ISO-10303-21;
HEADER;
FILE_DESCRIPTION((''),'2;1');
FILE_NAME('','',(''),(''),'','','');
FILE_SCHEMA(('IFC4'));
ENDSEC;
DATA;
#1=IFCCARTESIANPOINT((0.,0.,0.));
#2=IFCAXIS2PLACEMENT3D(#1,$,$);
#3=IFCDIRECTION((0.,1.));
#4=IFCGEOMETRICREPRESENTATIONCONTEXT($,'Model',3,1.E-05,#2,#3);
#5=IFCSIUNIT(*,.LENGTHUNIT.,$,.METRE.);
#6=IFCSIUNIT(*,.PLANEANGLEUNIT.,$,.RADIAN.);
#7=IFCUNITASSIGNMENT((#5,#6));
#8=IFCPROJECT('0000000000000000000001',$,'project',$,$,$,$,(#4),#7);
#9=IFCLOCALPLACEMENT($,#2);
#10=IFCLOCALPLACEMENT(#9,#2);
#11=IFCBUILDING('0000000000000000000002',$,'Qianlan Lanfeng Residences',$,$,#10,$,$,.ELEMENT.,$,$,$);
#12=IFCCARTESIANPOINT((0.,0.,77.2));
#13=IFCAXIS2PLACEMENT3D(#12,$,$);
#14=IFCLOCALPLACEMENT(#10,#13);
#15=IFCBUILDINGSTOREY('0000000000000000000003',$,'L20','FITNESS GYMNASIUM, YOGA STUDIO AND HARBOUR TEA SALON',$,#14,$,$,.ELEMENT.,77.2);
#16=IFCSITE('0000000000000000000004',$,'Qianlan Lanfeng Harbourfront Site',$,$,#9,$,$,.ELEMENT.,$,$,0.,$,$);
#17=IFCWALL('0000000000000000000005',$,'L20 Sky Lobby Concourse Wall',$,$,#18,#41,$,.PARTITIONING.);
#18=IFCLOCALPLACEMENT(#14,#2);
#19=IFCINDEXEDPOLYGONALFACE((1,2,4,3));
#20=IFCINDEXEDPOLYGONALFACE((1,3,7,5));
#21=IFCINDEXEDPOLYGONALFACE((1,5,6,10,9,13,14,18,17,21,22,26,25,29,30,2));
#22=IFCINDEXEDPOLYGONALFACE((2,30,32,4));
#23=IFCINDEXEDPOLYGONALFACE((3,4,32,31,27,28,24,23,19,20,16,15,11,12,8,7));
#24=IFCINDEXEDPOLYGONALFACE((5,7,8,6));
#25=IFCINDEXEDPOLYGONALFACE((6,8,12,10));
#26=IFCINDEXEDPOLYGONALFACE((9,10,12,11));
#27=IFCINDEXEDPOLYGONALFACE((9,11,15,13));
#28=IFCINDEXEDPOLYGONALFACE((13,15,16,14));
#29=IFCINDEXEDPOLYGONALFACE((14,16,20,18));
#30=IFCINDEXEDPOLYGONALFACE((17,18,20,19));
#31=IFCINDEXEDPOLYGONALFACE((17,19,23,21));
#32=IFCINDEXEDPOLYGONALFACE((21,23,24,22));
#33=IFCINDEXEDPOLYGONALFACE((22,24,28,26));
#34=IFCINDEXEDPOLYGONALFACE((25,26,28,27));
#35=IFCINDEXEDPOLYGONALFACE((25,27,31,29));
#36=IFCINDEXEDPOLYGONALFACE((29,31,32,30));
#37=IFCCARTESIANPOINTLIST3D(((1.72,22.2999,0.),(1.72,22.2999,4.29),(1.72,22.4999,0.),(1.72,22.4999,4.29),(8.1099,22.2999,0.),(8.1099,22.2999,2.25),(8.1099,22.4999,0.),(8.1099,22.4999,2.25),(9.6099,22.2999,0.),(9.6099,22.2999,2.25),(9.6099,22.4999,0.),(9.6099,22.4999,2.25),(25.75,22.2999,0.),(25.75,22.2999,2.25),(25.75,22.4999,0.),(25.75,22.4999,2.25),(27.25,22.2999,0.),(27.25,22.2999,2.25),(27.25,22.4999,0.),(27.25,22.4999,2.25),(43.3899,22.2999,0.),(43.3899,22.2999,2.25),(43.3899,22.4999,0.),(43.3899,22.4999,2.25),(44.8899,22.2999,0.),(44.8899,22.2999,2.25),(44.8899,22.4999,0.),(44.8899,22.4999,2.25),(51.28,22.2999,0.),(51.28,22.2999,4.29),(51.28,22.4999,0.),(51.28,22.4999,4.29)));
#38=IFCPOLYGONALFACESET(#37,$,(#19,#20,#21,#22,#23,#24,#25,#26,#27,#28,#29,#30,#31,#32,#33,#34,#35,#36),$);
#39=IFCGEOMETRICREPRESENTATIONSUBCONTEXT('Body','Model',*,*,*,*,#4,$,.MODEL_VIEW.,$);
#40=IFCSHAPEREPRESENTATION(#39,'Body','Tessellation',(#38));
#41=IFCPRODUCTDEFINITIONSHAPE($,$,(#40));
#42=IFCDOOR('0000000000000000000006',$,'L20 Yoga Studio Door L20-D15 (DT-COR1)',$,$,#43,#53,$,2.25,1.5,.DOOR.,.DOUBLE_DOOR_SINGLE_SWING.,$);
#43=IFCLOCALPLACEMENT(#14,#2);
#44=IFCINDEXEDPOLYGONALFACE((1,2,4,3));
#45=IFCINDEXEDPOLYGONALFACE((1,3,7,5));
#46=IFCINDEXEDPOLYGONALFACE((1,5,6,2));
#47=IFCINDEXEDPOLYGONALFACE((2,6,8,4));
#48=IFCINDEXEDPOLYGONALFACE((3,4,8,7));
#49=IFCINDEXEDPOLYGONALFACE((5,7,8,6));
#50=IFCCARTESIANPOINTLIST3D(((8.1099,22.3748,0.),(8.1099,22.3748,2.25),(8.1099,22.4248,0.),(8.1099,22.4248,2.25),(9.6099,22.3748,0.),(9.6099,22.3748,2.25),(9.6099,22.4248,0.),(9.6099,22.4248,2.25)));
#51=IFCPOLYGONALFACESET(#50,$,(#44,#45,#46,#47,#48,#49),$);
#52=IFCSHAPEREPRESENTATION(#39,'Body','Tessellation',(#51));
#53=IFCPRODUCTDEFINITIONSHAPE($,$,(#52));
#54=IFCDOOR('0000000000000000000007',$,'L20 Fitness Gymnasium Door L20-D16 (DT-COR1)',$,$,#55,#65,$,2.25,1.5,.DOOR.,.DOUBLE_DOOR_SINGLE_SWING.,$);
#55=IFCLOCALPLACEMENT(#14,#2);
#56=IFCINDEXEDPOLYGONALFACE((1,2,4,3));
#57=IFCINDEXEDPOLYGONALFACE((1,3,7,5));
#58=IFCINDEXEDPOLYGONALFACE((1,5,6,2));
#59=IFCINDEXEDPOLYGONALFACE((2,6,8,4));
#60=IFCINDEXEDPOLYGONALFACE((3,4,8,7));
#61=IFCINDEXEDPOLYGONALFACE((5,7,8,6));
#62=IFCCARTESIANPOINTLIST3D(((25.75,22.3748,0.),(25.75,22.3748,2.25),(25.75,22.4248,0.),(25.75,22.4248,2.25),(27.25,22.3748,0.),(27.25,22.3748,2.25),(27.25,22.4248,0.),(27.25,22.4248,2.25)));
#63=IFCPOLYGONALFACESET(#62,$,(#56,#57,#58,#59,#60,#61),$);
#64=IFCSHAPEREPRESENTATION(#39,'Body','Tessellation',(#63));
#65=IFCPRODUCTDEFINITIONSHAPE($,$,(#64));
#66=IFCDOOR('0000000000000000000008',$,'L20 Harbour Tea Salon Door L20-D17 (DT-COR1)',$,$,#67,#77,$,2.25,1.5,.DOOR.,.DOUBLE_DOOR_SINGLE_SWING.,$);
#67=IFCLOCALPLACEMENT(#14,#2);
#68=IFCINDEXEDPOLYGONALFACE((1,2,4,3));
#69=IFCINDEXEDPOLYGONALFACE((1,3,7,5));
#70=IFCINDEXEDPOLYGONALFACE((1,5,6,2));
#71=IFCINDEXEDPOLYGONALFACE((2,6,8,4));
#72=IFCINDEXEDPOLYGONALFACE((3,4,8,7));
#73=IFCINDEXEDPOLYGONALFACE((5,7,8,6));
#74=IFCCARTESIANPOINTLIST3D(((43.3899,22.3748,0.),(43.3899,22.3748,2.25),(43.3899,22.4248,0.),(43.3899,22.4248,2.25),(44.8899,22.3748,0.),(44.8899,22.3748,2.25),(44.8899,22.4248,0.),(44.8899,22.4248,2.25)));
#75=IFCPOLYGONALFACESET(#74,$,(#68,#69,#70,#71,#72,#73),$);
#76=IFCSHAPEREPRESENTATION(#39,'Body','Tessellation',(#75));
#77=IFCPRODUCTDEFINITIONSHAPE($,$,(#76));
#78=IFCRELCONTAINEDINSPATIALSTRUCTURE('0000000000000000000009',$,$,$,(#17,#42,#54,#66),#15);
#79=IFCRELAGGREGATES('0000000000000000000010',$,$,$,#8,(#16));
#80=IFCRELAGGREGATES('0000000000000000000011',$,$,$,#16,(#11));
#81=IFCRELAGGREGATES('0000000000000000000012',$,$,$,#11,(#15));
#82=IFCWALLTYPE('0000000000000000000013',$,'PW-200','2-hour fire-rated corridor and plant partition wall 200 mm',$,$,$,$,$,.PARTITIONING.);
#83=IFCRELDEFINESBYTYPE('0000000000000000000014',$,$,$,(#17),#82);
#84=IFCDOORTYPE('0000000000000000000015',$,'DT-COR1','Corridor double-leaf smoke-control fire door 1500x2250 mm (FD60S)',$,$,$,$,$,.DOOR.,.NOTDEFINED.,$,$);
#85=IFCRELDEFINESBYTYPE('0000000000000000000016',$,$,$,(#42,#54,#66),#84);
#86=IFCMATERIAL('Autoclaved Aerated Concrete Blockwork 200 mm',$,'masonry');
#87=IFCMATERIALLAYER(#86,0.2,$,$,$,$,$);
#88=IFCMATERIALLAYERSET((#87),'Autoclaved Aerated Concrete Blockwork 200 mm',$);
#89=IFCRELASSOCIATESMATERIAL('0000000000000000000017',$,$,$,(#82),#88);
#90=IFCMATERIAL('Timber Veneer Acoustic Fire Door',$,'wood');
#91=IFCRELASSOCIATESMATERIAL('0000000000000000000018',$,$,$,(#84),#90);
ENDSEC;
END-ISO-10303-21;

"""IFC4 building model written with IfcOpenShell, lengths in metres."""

from ifc_helpers import new_model, si_unit, direction, frame, frame_2d, origin, place, context, subcontext, project, spatial, rectangle, extrude, material, layer, layer_set, type_object, element, fill, save


model = new_model("IFC4")

# Units and contexts
model_context = context("Model", 3, precision=1e-05, world=origin(), true_north=direction((0.0, 1.0)))
body_context = subcontext(model_context, "Body", "Model", "MODEL_VIEW")
ifc_project = project(units=[si_unit("LENGTHUNIT", "METRE"), si_unit("PLANEANGLEUNIT", "RADIAN")], contexts=[model_context])

# Site, building, storey
site_placement = place(None, origin())
site = spatial("IfcSite", under=ifc_project, at=site_placement, Name="Qianlan Lanfeng Harbourfront Site", CompositionType="ELEMENT", RefElevation=0.0)
building_placement = place(site_placement, origin())
building = spatial("IfcBuilding", under=site, at=building_placement, Name="Qianlan Lanfeng Residences", CompositionType="ELEMENT")
storey_placement = place(building_placement, frame((0.0, 0.0, 77.2)))
storey = spatial("IfcBuildingStorey", under=building, at=storey_placement, Name="L20", Description="FITNESS GYMNASIUM, YOGA STUDIO AND HARBOUR TEA SALON", CompositionType="ELEMENT", Elevation=77.2)

# Wall, openings, doors
ifc_material_1 = material(Name="Autoclaved Aerated Concrete Blockwork 200 mm", Category="masonry")
ifc_layer_1 = layer(ifc_material_1, 0.2)
ifc_layer_set_1 = layer_set([ifc_layer_1], Name="Autoclaved Aerated Concrete Blockwork 200 mm")
wall_type_1 = type_object("IfcWallType", Name="PW-200", Description="2-hour fire-rated corridor and plant partition wall 200 mm", PredefinedType="PARTITIONING", material=ifc_layer_set_1)
wall_1_placement = place(storey_placement, frame((1.72, 22.3999, 0.0), z_axis=(0.0, 0.0, 1.0), x_axis=(1.0, 0.0, 0.0)))
wall_1 = element("IfcWall", 1, at=wall_1_placement, inside=storey, type_object=wall_type_1, Name="L20 Sky Lobby Concourse Wall", PredefinedType="PARTITIONING", context=body_context, shape_type="SweptSolid", body=[
    extrude(rectangle(XDim=49.5601, YDim=0.2, at=frame_2d((24.78, 0.0))), origin(), (0.0, 0.0, 1.0), 4.29),
])
opening_1_placement = place(wall_1_placement, frame((6.3899, 0.0, 0.0)))
opening_1 = element("IfcOpeningElement", 2, at=opening_1_placement, cuts=wall_1, PredefinedType="OPENING", context=body_context, shape_type="SweptSolid", body=[
    extrude(rectangle(XDim=1.5, YDim=2.25, at=frame_2d((0.75, 1.125))), frame((0.0, 0.1099, 0.0), z_axis=(0.0, -1.0, 0.0), x_axis=(1.0, 0.0, 0.0)), (0.0, 0.0, 1.0), 0.22),
])
opening_2_placement = place(wall_1_placement, frame((24.03, 0.0, 0.0)))
opening_2 = element("IfcOpeningElement", 3, at=opening_2_placement, cuts=wall_1, PredefinedType="OPENING", context=body_context, shape_type="SweptSolid", body=[
    extrude(rectangle(XDim=1.5, YDim=2.25, at=frame_2d((0.75, 1.125))), frame((0.0, 0.1099, 0.0), z_axis=(0.0, -1.0, 0.0), x_axis=(1.0, 0.0, 0.0)), (0.0, 0.0, 1.0), 0.22),
])
opening_3_placement = place(wall_1_placement, frame((41.6699, 0.0, 0.0)))
opening_3 = element("IfcOpeningElement", 4, at=opening_3_placement, cuts=wall_1, PredefinedType="OPENING", context=body_context, shape_type="SweptSolid", body=[
    extrude(rectangle(XDim=1.5, YDim=2.25, at=frame_2d((0.75, 1.125))), frame((0.0, 0.1099, 0.0), z_axis=(0.0, -1.0, 0.0), x_axis=(1.0, 0.0, 0.0)), (0.0, 0.0, 1.0), 0.22),
])
ifc_material_2 = material(Name="Timber Veneer Acoustic Fire Door", Category="wood")
door_type_1 = type_object("IfcDoorType", Name="DT-COR1", Description="Corridor double-leaf smoke-control fire door 1500x2250 mm (FD60S)", OperationType="NOTDEFINED", PredefinedType="DOOR", material=ifc_material_2)
door_1_placement = place(opening_1_placement, origin())
door_1 = element("IfcDoor", 5, at=door_1_placement, inside=storey, type_object=door_type_1, Name="L20 Yoga Studio Door L20-D15 (DT-COR1)", OperationType="DOUBLE_DOOR_SINGLE_SWING", OverallHeight=2.25, OverallWidth=1.5, PredefinedType="DOOR", context=body_context, shape_type="SweptSolid", body=[
    extrude(rectangle(XDim=1.5, YDim=2.25, at=frame_2d((0.75, 1.125))), frame((0.0, 0.0249, 0.0), z_axis=(0.0, -1.0, 0.0), x_axis=(1.0, 0.0, 0.0)), (0.0, 0.0, 1.0), 0.05),
])
fill(opening_1, door_1)
door_2_placement = place(opening_2_placement, origin())
door_2 = element("IfcDoor", 6, at=door_2_placement, inside=storey, type_object=door_type_1, Name="L20 Fitness Gymnasium Door L20-D16 (DT-COR1)", OperationType="DOUBLE_DOOR_SINGLE_SWING", OverallHeight=2.25, OverallWidth=1.5, PredefinedType="DOOR", context=body_context, shape_type="SweptSolid", body=[
    extrude(rectangle(XDim=1.5, YDim=2.25, at=frame_2d((0.75, 1.125))), frame((0.0, 0.0249, 0.0), z_axis=(0.0, -1.0, 0.0), x_axis=(1.0, 0.0, 0.0)), (0.0, 0.0, 1.0), 0.05),
])
fill(opening_2, door_2)
door_3_placement = place(opening_3_placement, origin())
door_3 = element("IfcDoor", 7, at=door_3_placement, inside=storey, type_object=door_type_1, Name="L20 Harbour Tea Salon Door L20-D17 (DT-COR1)", OperationType="DOUBLE_DOOR_SINGLE_SWING", OverallHeight=2.25, OverallWidth=1.5, PredefinedType="DOOR", context=body_context, shape_type="SweptSolid", body=[
    extrude(rectangle(XDim=1.5, YDim=2.25, at=frame_2d((0.75, 1.125))), frame((0.0, 0.0249, 0.0), z_axis=(0.0, -1.0, 0.0), x_axis=(1.0, 0.0, 0.0)), (0.0, 0.0, 1.0), 0.05),
])
fill(opening_3, door_3)

save(model, "model.ifc")
